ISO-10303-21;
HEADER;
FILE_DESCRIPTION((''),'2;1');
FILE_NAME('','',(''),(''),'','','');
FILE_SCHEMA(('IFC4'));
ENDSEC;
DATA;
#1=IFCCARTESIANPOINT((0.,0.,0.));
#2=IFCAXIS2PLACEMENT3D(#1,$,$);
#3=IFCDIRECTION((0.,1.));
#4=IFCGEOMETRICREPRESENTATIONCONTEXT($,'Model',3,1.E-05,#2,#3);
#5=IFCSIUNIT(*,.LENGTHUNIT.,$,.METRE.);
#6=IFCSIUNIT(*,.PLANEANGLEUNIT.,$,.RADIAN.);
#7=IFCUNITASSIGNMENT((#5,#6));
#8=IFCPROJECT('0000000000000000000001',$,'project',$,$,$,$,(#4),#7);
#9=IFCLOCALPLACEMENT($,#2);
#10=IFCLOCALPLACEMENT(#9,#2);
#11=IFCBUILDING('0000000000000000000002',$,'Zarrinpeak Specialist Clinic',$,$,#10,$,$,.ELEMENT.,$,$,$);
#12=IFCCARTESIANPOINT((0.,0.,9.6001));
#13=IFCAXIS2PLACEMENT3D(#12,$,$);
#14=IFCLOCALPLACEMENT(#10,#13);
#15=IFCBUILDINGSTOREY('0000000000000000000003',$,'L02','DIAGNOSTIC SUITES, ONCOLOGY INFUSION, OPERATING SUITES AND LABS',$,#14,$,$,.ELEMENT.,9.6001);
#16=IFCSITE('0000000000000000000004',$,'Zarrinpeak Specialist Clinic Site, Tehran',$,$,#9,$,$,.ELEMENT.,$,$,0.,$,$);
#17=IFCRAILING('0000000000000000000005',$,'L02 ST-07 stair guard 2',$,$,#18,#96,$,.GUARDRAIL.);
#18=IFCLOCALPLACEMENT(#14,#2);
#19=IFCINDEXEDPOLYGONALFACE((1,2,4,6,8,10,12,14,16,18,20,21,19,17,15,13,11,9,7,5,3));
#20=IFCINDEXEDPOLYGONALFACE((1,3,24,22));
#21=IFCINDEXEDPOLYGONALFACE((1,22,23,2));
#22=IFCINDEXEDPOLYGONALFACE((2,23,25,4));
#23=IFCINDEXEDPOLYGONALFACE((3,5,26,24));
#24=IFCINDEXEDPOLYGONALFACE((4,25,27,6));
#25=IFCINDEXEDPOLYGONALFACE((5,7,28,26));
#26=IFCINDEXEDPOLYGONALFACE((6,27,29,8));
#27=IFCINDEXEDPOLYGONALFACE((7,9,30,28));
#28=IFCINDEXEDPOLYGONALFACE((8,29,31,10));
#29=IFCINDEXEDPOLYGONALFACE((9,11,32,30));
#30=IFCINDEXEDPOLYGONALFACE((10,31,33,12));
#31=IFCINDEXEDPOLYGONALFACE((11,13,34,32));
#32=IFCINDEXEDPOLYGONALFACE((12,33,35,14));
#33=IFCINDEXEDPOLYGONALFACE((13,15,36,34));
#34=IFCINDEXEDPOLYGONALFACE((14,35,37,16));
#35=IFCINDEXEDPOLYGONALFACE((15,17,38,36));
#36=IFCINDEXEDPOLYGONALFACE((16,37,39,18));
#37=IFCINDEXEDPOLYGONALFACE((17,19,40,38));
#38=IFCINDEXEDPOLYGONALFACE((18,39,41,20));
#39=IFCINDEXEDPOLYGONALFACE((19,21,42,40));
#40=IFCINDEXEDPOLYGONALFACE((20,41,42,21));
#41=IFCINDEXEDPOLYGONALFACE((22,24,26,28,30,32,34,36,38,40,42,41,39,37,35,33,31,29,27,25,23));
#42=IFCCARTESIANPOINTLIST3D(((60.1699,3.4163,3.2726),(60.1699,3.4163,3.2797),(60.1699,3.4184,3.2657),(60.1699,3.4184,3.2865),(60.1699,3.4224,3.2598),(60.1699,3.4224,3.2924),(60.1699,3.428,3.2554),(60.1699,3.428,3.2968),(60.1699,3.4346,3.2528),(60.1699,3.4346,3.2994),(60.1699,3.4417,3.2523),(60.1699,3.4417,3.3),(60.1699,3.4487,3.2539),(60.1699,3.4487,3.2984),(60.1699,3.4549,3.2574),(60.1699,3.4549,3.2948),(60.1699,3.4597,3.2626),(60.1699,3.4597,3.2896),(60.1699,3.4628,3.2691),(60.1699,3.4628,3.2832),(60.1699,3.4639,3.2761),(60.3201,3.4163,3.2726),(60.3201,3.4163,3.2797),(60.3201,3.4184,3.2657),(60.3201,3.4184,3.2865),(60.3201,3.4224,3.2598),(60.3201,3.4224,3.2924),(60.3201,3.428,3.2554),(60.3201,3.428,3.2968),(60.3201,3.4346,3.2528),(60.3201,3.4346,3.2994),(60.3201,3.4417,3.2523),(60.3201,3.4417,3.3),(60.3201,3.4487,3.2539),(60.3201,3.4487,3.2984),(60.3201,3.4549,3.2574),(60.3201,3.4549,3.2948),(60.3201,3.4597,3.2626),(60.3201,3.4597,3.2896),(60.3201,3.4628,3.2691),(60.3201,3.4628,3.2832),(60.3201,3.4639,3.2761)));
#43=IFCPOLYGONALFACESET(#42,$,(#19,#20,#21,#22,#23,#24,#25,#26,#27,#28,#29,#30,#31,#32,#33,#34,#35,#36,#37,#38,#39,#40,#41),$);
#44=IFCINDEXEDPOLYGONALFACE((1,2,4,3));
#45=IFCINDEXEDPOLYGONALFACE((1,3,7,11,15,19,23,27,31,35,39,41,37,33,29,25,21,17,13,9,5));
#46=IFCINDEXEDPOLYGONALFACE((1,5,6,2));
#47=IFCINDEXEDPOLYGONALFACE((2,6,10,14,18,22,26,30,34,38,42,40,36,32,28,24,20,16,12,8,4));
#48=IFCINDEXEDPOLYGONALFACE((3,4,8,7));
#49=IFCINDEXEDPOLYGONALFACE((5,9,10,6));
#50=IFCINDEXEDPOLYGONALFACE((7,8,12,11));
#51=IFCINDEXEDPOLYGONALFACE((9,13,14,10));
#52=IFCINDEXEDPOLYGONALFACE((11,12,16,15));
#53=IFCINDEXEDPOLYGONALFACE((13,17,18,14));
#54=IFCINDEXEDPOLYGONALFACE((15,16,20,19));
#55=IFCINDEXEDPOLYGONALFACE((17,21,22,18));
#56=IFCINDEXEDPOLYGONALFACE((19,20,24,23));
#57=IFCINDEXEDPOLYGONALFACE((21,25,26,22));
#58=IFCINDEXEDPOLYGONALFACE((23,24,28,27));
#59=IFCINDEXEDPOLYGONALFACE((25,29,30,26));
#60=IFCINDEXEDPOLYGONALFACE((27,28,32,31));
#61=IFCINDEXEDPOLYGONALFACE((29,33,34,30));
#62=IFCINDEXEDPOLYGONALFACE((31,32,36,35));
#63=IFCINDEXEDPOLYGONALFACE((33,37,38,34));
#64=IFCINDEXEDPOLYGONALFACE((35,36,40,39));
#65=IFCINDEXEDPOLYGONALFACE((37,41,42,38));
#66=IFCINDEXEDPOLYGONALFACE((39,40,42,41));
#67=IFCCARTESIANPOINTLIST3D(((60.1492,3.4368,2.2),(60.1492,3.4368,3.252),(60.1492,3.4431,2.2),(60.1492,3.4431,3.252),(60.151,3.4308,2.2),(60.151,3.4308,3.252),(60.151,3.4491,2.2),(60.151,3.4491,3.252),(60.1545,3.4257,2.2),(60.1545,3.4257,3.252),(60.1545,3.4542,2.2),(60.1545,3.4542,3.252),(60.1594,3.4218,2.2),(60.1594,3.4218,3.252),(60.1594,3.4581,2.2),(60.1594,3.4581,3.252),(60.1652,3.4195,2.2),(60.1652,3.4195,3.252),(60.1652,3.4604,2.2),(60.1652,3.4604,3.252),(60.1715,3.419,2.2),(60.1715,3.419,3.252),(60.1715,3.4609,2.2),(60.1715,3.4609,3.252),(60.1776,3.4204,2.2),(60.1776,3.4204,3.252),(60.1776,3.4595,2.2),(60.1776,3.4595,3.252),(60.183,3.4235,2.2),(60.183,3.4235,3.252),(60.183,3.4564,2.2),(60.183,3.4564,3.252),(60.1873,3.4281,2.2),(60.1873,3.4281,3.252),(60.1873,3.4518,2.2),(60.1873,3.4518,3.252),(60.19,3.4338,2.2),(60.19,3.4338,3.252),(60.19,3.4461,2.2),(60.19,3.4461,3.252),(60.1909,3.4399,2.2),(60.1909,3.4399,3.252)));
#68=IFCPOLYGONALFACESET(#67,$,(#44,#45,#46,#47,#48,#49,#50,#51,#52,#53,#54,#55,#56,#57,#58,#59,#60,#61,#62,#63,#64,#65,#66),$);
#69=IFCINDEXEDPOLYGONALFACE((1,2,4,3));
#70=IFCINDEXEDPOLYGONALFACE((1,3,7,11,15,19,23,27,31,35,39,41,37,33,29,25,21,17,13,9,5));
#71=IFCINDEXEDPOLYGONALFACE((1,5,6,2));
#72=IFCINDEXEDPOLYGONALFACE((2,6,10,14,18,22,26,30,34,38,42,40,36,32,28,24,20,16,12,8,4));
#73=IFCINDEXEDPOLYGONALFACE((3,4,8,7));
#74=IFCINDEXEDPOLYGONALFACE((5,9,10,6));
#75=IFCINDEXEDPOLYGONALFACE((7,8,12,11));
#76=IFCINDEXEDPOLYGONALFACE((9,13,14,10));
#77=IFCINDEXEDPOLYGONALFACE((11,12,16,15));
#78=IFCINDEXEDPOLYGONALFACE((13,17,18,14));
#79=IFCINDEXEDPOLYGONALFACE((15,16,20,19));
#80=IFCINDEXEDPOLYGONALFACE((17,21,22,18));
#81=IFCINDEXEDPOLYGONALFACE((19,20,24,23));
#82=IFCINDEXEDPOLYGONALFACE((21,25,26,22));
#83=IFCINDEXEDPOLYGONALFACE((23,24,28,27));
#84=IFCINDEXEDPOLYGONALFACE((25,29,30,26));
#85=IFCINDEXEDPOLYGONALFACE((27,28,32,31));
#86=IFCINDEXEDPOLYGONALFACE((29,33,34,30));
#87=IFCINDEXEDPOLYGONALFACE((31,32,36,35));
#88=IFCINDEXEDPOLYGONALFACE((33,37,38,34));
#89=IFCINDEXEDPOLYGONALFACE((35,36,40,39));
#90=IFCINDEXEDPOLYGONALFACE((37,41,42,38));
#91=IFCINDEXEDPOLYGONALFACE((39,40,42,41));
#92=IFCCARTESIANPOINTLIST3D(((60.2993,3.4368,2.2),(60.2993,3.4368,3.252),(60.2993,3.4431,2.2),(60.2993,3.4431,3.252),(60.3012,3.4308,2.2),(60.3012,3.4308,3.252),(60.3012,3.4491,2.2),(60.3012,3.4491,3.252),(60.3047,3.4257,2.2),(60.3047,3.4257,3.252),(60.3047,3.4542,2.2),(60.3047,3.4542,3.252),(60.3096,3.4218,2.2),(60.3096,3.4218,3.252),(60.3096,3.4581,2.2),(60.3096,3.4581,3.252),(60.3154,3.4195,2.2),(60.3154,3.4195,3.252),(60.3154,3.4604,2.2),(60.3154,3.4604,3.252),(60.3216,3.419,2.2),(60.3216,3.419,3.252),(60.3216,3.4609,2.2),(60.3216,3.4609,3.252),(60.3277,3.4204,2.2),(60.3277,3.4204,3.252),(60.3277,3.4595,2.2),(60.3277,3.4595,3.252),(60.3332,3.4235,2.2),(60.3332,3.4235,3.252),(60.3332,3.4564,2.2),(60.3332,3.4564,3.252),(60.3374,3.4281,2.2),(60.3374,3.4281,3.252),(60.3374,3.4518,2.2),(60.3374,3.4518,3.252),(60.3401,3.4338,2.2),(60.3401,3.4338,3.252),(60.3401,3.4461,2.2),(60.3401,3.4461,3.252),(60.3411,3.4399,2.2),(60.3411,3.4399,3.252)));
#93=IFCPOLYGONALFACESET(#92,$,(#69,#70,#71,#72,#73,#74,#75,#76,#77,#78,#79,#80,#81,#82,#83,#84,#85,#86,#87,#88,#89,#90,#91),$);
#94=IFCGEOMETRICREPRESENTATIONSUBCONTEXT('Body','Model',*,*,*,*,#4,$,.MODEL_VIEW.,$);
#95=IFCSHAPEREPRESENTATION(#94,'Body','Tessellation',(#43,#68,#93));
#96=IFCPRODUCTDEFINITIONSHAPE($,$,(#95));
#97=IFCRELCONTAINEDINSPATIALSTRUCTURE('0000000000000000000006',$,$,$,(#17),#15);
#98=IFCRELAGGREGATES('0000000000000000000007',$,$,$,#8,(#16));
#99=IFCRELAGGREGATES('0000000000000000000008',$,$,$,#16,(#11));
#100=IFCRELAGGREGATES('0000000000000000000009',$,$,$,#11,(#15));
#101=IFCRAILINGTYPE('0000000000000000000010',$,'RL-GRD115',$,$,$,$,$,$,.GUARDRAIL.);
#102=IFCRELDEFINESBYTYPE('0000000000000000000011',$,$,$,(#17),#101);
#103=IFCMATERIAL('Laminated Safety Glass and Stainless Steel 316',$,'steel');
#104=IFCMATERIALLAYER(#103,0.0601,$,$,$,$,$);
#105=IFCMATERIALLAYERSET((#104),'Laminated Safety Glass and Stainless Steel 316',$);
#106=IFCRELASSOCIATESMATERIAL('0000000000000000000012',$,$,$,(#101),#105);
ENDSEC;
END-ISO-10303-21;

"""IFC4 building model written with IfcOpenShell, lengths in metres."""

from ifc_helpers import new_model, si_unit, direction, frame, origin, origin_2d, place, context, subcontext, project, spatial, circle, extrude, material, layer, layer_set, type_object, element, save


model = new_model("IFC4")

# Units and contexts
model_context = context("Model", 3, precision=1e-05, world=origin(), true_north=direction((0.0, 1.0)))
body_context = subcontext(model_context, "Body", "Model", "MODEL_VIEW")
ifc_project = project(units=[si_unit("LENGTHUNIT", "METRE"), si_unit("PLANEANGLEUNIT", "RADIAN")], contexts=[model_context])

# Site, building, storey
site_placement = place(None, origin())
site = spatial("IfcSite", under=ifc_project, at=site_placement, Name="Zarrinpeak Specialist Clinic Site, Tehran", CompositionType="ELEMENT", RefElevation=0.0)
building_placement = place(site_placement, origin())
building = spatial("IfcBuilding", under=site, at=building_placement, Name="Zarrinpeak Specialist Clinic", CompositionType="ELEMENT")
storey_placement = place(building_placement, frame((0.0, 0.0, 9.6001)))
storey = spatial("IfcBuildingStorey", under=building, at=storey_placement, Name="L02", Description="DIAGNOSTIC SUITES, ONCOLOGY INFUSION, OPERATING SUITES AND LABS", CompositionType="ELEMENT", Elevation=9.6001)

# Railing
ifc_material_1 = material(Name="Laminated Safety Glass and Stainless Steel 316", Category="steel")
ifc_layer_1 = layer(ifc_material_1, 0.0601)
ifc_layer_set_1 = layer_set([ifc_layer_1], Name="Laminated Safety Glass and Stainless Steel 316")
railing_type_1 = type_object("IfcRailingType", Name="RL-GRD115", PredefinedType="GUARDRAIL", material=ifc_layer_set_1)
railing_1_placement = place(storey_placement, frame((60.1699, 3.4399, 2.2)))
element("IfcRailing", 1, at=railing_1_placement, inside=storey, type_object=railing_type_1, Name="L02 ST-07 stair guard 2", PredefinedType="GUARDRAIL", context=body_context, shape_type="SweptSolid", body=[
    extrude(circle(Radius=0.0239, at=origin_2d()), frame((0.0, 0.0, 1.0762), z_axis=(1.0, 0.0, 0.0), x_axis=(0.0, 1.0, 0.0)), (0.0, 0.0, 1.0), 0.1501),
    extrude(circle(Radius=0.021, at=origin_2d()), origin(), (0.0, 0.0, 1.0), 1.052),
    extrude(circle(Radius=0.021, at=origin_2d()), frame((0.1501, 0.0, 0.0)), (0.0, 0.0, 1.0), 1.052),
])

save(model, "model.ifc")
